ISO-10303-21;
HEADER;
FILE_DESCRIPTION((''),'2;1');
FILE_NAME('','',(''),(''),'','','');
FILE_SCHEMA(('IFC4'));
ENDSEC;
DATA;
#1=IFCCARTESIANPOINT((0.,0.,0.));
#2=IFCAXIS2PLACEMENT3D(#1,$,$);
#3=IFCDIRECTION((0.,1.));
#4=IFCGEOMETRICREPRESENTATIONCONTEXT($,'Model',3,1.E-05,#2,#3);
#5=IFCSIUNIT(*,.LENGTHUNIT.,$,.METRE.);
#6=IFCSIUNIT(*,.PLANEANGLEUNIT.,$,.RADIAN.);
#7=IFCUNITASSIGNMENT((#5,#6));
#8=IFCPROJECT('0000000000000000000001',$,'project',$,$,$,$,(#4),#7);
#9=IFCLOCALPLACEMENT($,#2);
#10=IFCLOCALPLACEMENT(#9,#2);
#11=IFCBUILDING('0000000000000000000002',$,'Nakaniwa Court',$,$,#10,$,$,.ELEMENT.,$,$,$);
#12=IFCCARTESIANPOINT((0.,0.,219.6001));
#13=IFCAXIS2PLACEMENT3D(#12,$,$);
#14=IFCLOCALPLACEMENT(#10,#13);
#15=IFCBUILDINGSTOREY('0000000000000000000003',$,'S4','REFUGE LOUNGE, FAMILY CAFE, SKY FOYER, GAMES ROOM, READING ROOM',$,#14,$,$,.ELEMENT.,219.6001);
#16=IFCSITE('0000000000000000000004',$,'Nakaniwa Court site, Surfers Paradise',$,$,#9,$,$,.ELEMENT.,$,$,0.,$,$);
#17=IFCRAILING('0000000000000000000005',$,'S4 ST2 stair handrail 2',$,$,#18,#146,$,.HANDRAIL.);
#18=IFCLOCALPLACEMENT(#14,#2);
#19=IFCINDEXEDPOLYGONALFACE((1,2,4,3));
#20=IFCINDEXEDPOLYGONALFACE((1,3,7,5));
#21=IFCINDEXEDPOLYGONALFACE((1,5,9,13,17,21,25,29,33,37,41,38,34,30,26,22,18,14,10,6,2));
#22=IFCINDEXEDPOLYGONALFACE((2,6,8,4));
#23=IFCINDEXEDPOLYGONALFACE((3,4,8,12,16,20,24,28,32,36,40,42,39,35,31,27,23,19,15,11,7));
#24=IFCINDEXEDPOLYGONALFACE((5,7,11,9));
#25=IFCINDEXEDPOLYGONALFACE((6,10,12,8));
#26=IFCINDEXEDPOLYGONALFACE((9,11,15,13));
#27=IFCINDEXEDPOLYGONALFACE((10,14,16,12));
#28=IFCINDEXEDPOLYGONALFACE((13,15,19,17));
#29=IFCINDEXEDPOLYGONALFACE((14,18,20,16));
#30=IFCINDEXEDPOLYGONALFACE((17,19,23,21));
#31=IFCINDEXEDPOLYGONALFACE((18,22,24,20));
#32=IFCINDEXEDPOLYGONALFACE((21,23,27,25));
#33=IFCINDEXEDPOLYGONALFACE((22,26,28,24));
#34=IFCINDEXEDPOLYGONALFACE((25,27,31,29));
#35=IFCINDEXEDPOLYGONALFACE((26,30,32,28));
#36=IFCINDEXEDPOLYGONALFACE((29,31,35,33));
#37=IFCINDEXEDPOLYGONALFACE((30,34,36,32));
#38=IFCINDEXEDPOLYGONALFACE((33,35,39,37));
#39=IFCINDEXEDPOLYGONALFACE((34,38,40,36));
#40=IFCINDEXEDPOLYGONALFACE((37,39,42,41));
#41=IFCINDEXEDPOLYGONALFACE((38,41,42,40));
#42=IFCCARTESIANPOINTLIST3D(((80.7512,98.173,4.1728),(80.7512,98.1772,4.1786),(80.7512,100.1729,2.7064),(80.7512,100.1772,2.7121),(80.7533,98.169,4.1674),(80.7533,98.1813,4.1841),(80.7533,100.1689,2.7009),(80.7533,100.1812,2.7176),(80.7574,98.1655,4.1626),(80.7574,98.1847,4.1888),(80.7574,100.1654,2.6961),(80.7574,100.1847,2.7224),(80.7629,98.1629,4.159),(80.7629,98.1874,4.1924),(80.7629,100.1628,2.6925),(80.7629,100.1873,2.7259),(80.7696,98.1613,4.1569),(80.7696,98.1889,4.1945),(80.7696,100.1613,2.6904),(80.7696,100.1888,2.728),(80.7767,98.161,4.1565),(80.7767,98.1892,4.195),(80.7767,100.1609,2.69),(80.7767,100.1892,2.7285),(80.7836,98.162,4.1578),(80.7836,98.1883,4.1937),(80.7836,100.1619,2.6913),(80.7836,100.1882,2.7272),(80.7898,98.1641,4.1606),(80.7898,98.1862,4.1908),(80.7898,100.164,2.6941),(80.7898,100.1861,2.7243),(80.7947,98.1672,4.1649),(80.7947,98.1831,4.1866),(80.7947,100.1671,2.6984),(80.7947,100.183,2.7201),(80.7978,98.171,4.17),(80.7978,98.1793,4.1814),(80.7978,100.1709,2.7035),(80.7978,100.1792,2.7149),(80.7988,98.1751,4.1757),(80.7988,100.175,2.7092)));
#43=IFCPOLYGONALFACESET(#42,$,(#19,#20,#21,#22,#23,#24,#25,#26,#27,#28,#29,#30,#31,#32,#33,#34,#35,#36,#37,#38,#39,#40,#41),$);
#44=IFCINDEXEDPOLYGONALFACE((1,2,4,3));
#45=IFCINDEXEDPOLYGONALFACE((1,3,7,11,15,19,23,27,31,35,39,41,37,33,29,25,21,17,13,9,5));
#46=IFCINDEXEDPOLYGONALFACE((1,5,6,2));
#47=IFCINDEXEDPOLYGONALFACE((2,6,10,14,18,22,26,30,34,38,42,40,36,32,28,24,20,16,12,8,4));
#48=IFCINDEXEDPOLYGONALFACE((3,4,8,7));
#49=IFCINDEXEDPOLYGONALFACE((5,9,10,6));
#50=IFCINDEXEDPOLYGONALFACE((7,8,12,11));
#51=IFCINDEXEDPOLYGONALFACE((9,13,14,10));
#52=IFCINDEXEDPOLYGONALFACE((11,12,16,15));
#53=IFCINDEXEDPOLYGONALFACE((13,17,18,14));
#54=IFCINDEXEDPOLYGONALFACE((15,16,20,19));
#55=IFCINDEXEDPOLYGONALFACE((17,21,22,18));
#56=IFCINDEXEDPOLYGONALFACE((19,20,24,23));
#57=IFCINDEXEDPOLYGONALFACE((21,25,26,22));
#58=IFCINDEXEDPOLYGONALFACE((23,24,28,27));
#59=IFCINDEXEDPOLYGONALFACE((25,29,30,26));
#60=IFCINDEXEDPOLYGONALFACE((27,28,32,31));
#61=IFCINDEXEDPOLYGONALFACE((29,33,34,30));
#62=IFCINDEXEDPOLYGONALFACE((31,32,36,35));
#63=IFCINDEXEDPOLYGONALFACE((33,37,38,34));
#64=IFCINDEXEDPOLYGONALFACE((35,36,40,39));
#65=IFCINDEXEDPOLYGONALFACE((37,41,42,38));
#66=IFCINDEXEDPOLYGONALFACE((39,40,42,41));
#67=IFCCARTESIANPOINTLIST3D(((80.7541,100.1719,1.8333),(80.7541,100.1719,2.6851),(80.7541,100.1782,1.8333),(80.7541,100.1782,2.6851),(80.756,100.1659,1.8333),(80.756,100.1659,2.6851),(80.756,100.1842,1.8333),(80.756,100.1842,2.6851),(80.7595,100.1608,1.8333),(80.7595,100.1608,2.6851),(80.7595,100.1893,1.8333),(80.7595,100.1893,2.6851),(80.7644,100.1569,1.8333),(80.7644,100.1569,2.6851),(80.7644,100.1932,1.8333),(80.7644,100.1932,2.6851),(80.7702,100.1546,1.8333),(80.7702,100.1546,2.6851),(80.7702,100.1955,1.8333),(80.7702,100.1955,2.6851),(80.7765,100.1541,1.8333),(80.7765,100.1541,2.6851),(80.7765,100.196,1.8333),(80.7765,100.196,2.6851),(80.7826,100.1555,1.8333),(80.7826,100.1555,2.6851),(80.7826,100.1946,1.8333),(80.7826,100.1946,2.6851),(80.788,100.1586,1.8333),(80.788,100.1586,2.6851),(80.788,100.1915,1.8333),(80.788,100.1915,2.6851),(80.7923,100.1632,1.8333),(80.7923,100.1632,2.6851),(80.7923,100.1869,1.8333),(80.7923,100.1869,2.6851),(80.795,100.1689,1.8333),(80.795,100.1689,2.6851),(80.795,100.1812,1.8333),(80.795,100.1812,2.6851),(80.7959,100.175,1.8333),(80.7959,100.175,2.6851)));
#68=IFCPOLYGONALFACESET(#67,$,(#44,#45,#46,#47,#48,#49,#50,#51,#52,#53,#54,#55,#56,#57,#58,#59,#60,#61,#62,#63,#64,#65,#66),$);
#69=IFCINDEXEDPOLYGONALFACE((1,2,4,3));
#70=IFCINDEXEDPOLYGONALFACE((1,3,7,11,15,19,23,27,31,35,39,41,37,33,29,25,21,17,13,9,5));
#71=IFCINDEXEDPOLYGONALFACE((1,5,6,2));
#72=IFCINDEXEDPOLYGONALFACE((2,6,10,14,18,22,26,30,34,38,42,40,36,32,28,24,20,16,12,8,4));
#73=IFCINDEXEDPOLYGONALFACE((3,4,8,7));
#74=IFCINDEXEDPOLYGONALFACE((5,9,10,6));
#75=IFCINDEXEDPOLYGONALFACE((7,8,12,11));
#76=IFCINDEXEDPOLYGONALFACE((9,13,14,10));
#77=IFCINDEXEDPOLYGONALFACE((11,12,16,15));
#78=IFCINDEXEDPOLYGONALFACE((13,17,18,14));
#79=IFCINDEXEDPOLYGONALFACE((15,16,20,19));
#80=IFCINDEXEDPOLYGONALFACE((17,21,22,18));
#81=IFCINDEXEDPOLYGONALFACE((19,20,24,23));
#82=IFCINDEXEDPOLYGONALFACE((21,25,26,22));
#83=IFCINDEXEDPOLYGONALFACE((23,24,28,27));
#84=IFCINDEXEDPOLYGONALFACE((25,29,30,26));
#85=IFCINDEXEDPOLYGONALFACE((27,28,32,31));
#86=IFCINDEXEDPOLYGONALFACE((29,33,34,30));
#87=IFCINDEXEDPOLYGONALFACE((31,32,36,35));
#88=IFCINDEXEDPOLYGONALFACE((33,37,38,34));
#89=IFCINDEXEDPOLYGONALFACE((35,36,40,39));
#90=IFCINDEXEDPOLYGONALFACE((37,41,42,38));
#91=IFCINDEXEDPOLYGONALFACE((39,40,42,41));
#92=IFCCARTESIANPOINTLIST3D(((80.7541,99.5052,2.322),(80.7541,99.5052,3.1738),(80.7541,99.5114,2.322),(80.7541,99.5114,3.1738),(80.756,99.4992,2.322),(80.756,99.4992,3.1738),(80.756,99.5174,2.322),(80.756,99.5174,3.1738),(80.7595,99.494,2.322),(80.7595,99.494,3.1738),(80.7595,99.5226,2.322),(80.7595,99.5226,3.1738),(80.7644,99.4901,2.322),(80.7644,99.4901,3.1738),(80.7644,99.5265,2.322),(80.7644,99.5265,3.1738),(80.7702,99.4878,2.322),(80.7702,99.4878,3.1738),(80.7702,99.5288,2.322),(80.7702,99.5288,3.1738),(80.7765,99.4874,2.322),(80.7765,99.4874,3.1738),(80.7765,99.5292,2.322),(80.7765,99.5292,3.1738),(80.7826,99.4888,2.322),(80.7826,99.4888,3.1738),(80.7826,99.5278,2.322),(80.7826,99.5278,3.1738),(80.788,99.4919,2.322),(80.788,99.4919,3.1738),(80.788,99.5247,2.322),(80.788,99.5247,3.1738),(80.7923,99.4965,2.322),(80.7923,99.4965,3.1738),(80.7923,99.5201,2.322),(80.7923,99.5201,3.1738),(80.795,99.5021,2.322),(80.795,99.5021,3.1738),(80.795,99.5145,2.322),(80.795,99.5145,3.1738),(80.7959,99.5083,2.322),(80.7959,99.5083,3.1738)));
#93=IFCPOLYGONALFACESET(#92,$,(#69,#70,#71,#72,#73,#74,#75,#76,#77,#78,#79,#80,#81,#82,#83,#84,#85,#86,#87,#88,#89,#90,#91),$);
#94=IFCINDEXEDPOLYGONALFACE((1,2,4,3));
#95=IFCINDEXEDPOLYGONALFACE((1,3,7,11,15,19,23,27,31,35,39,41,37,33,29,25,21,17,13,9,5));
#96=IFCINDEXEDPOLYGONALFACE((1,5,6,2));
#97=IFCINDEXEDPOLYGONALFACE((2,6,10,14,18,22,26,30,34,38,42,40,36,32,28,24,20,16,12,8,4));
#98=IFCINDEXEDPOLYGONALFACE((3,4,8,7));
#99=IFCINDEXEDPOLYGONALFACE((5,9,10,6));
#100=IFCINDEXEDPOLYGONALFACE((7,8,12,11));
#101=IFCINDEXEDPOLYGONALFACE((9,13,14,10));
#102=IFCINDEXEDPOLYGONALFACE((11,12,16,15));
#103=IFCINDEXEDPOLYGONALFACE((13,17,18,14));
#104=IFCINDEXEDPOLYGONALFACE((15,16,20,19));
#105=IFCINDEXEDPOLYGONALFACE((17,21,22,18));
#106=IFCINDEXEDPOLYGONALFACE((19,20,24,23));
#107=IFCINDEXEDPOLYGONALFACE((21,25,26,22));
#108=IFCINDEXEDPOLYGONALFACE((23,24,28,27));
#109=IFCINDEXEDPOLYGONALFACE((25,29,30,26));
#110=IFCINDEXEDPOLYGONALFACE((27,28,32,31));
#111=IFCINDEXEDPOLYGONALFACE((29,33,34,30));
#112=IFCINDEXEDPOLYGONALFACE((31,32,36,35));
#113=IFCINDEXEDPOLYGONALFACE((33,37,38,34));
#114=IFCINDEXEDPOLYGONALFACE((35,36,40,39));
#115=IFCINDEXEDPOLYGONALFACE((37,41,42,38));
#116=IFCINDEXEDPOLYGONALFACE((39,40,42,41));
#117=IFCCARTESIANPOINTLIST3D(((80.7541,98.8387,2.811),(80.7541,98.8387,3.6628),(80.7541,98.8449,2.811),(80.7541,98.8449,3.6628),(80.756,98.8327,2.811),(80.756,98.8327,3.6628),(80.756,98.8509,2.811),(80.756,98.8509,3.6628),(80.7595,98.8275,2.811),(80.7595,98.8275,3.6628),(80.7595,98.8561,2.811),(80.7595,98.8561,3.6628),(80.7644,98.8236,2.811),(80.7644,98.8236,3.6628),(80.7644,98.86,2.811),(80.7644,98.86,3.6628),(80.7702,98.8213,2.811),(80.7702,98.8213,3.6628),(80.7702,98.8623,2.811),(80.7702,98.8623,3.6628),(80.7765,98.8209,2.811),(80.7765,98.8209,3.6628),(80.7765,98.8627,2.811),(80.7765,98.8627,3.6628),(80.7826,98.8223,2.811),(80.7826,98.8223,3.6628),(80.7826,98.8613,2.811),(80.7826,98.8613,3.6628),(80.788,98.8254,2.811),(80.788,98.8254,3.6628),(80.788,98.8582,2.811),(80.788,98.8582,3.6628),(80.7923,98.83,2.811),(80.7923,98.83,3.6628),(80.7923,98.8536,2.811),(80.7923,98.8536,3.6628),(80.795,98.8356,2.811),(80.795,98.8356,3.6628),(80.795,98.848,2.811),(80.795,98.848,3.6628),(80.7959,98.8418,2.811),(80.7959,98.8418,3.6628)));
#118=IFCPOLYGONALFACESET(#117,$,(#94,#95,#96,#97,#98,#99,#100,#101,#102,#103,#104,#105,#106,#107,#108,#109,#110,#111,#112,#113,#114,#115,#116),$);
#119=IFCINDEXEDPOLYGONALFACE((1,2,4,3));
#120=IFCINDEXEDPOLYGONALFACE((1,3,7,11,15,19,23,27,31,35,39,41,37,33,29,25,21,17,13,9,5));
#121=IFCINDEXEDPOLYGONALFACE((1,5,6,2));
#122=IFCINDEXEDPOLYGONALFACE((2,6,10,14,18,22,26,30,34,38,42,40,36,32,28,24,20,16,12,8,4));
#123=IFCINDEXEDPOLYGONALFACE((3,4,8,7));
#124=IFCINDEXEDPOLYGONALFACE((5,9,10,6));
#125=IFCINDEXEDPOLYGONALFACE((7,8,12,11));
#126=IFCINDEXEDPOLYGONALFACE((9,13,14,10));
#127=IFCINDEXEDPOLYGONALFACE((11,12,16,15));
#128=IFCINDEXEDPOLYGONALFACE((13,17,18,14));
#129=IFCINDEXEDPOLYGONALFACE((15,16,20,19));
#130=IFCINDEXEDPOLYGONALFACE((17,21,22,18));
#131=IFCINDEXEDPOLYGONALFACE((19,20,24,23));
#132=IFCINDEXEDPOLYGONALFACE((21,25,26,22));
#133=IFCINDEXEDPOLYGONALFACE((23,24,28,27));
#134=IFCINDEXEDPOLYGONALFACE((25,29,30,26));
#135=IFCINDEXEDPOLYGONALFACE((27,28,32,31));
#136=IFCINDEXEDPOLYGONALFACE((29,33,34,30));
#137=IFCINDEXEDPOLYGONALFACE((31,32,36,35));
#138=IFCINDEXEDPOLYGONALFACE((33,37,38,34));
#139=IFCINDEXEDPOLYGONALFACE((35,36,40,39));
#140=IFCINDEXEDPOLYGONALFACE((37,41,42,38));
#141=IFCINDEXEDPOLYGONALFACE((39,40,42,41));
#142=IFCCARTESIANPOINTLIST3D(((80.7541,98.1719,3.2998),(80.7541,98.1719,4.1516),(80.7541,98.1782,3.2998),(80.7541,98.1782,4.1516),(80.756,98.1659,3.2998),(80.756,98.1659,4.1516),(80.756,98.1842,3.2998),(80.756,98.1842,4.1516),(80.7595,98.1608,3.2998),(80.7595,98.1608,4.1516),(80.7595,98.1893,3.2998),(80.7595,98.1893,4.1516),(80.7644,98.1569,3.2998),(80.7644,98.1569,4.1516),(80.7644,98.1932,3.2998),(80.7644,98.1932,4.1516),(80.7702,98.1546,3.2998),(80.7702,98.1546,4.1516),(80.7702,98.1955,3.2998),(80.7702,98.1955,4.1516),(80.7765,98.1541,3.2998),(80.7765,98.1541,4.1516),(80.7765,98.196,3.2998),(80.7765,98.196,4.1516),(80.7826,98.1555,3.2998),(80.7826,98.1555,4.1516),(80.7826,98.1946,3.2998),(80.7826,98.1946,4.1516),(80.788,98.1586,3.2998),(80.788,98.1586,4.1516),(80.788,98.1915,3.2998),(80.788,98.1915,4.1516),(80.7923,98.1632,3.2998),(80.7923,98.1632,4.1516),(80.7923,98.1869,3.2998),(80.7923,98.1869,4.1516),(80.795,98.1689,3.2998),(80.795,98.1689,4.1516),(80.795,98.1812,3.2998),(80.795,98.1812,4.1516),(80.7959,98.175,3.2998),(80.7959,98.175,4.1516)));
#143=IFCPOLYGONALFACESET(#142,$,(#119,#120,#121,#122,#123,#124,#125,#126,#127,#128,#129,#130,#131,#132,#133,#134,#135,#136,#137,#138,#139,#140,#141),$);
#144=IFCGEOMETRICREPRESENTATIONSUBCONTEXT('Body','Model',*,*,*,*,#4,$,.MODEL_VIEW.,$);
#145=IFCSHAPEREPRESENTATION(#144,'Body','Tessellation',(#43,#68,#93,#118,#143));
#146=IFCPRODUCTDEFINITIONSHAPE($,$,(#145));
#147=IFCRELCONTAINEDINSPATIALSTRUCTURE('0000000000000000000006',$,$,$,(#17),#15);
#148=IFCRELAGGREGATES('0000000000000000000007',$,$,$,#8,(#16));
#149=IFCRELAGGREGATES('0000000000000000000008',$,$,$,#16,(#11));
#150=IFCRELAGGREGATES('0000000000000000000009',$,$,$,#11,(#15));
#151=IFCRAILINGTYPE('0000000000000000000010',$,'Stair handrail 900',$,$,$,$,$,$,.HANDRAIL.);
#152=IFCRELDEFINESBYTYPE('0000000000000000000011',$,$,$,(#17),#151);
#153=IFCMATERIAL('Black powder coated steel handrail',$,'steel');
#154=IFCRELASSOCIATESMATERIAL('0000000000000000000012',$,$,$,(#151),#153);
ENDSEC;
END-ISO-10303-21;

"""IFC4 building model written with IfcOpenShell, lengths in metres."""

from ifc_helpers import new_model, si_unit, direction, frame, origin, origin_2d, place, context, subcontext, project, spatial, circle, extrude, material, type_object, element, save


model = new_model("IFC4")

# Units and contexts
model_context = context("Model", 3, precision=1e-05, world=origin(), true_north=direction((0.0, 1.0)))
body_context = subcontext(model_context, "Body", "Model", "MODEL_VIEW")
ifc_project = project(units=[si_unit("LENGTHUNIT", "METRE"), si_unit("PLANEANGLEUNIT", "RADIAN")], contexts=[model_context])

# Site, building, storey
site_placement = place(None, origin())
site = spatial("IfcSite", under=ifc_project, at=site_placement, Name="Nakaniwa Court site, Surfers Paradise", CompositionType="ELEMENT", RefElevation=0.0)
building_placement = place(site_placement, origin())
building = spatial("IfcBuilding", under=site, at=building_placement, Name="Nakaniwa Court", CompositionType="ELEMENT")
storey_placement = place(building_placement, frame((0.0, 0.0, 219.6001)))
storey = spatial("IfcBuildingStorey", under=building, at=storey_placement, Name="S4", Description="REFUGE LOUNGE, FAMILY CAFE, SKY FOYER, GAMES ROOM, READING ROOM", CompositionType="ELEMENT", Elevation=219.6001)

# Railing
ifc_material_1 = material(Name="Black powder coated steel handrail", Category="steel")
railing_type_1 = type_object("IfcRailingType", Name="Stair handrail 900", PredefinedType="HANDRAIL", material=ifc_material_1)
for number, where, name in (
    (1, (80.7749, 100.175, 1.8333), "S4 ST2 stair handrail 2"),
):
    element("IfcRailing", number, at=place(storey_placement, frame(where)), inside=storey, type_object=railing_type_1, Name=name, PredefinedType="HANDRAIL", context=body_context, shape_type="SweptSolid", body=[
        extrude(circle(Radius=0.0239, at=origin_2d()), frame((0.0, 0.0, 0.876), z_axis=(0.0, -0.806427, 0.591334), x_axis=(1.0, 0.0, 0.0)), (0.0, 0.0, 1.0), 2.48),
        extrude(circle(Radius=0.021, at=origin_2d()), origin(), (0.0, 0.0, 1.0), 0.8518),
        extrude(circle(Radius=0.021, at=origin_2d()), frame((0.0, -0.6667, 0.4888)), (0.0, 0.0, 1.0), 0.8518),
        extrude(circle(Radius=0.021, at=origin_2d()), frame((0.0, -1.3333, 0.9778)), (0.0, 0.0, 1.0), 0.8518),
        extrude(circle(Radius=0.021, at=origin_2d()), frame((0.0, -2.0, 1.4666)), (0.0, 0.0, 1.0), 0.8518),
    ])

save(model, "model.ifc")
